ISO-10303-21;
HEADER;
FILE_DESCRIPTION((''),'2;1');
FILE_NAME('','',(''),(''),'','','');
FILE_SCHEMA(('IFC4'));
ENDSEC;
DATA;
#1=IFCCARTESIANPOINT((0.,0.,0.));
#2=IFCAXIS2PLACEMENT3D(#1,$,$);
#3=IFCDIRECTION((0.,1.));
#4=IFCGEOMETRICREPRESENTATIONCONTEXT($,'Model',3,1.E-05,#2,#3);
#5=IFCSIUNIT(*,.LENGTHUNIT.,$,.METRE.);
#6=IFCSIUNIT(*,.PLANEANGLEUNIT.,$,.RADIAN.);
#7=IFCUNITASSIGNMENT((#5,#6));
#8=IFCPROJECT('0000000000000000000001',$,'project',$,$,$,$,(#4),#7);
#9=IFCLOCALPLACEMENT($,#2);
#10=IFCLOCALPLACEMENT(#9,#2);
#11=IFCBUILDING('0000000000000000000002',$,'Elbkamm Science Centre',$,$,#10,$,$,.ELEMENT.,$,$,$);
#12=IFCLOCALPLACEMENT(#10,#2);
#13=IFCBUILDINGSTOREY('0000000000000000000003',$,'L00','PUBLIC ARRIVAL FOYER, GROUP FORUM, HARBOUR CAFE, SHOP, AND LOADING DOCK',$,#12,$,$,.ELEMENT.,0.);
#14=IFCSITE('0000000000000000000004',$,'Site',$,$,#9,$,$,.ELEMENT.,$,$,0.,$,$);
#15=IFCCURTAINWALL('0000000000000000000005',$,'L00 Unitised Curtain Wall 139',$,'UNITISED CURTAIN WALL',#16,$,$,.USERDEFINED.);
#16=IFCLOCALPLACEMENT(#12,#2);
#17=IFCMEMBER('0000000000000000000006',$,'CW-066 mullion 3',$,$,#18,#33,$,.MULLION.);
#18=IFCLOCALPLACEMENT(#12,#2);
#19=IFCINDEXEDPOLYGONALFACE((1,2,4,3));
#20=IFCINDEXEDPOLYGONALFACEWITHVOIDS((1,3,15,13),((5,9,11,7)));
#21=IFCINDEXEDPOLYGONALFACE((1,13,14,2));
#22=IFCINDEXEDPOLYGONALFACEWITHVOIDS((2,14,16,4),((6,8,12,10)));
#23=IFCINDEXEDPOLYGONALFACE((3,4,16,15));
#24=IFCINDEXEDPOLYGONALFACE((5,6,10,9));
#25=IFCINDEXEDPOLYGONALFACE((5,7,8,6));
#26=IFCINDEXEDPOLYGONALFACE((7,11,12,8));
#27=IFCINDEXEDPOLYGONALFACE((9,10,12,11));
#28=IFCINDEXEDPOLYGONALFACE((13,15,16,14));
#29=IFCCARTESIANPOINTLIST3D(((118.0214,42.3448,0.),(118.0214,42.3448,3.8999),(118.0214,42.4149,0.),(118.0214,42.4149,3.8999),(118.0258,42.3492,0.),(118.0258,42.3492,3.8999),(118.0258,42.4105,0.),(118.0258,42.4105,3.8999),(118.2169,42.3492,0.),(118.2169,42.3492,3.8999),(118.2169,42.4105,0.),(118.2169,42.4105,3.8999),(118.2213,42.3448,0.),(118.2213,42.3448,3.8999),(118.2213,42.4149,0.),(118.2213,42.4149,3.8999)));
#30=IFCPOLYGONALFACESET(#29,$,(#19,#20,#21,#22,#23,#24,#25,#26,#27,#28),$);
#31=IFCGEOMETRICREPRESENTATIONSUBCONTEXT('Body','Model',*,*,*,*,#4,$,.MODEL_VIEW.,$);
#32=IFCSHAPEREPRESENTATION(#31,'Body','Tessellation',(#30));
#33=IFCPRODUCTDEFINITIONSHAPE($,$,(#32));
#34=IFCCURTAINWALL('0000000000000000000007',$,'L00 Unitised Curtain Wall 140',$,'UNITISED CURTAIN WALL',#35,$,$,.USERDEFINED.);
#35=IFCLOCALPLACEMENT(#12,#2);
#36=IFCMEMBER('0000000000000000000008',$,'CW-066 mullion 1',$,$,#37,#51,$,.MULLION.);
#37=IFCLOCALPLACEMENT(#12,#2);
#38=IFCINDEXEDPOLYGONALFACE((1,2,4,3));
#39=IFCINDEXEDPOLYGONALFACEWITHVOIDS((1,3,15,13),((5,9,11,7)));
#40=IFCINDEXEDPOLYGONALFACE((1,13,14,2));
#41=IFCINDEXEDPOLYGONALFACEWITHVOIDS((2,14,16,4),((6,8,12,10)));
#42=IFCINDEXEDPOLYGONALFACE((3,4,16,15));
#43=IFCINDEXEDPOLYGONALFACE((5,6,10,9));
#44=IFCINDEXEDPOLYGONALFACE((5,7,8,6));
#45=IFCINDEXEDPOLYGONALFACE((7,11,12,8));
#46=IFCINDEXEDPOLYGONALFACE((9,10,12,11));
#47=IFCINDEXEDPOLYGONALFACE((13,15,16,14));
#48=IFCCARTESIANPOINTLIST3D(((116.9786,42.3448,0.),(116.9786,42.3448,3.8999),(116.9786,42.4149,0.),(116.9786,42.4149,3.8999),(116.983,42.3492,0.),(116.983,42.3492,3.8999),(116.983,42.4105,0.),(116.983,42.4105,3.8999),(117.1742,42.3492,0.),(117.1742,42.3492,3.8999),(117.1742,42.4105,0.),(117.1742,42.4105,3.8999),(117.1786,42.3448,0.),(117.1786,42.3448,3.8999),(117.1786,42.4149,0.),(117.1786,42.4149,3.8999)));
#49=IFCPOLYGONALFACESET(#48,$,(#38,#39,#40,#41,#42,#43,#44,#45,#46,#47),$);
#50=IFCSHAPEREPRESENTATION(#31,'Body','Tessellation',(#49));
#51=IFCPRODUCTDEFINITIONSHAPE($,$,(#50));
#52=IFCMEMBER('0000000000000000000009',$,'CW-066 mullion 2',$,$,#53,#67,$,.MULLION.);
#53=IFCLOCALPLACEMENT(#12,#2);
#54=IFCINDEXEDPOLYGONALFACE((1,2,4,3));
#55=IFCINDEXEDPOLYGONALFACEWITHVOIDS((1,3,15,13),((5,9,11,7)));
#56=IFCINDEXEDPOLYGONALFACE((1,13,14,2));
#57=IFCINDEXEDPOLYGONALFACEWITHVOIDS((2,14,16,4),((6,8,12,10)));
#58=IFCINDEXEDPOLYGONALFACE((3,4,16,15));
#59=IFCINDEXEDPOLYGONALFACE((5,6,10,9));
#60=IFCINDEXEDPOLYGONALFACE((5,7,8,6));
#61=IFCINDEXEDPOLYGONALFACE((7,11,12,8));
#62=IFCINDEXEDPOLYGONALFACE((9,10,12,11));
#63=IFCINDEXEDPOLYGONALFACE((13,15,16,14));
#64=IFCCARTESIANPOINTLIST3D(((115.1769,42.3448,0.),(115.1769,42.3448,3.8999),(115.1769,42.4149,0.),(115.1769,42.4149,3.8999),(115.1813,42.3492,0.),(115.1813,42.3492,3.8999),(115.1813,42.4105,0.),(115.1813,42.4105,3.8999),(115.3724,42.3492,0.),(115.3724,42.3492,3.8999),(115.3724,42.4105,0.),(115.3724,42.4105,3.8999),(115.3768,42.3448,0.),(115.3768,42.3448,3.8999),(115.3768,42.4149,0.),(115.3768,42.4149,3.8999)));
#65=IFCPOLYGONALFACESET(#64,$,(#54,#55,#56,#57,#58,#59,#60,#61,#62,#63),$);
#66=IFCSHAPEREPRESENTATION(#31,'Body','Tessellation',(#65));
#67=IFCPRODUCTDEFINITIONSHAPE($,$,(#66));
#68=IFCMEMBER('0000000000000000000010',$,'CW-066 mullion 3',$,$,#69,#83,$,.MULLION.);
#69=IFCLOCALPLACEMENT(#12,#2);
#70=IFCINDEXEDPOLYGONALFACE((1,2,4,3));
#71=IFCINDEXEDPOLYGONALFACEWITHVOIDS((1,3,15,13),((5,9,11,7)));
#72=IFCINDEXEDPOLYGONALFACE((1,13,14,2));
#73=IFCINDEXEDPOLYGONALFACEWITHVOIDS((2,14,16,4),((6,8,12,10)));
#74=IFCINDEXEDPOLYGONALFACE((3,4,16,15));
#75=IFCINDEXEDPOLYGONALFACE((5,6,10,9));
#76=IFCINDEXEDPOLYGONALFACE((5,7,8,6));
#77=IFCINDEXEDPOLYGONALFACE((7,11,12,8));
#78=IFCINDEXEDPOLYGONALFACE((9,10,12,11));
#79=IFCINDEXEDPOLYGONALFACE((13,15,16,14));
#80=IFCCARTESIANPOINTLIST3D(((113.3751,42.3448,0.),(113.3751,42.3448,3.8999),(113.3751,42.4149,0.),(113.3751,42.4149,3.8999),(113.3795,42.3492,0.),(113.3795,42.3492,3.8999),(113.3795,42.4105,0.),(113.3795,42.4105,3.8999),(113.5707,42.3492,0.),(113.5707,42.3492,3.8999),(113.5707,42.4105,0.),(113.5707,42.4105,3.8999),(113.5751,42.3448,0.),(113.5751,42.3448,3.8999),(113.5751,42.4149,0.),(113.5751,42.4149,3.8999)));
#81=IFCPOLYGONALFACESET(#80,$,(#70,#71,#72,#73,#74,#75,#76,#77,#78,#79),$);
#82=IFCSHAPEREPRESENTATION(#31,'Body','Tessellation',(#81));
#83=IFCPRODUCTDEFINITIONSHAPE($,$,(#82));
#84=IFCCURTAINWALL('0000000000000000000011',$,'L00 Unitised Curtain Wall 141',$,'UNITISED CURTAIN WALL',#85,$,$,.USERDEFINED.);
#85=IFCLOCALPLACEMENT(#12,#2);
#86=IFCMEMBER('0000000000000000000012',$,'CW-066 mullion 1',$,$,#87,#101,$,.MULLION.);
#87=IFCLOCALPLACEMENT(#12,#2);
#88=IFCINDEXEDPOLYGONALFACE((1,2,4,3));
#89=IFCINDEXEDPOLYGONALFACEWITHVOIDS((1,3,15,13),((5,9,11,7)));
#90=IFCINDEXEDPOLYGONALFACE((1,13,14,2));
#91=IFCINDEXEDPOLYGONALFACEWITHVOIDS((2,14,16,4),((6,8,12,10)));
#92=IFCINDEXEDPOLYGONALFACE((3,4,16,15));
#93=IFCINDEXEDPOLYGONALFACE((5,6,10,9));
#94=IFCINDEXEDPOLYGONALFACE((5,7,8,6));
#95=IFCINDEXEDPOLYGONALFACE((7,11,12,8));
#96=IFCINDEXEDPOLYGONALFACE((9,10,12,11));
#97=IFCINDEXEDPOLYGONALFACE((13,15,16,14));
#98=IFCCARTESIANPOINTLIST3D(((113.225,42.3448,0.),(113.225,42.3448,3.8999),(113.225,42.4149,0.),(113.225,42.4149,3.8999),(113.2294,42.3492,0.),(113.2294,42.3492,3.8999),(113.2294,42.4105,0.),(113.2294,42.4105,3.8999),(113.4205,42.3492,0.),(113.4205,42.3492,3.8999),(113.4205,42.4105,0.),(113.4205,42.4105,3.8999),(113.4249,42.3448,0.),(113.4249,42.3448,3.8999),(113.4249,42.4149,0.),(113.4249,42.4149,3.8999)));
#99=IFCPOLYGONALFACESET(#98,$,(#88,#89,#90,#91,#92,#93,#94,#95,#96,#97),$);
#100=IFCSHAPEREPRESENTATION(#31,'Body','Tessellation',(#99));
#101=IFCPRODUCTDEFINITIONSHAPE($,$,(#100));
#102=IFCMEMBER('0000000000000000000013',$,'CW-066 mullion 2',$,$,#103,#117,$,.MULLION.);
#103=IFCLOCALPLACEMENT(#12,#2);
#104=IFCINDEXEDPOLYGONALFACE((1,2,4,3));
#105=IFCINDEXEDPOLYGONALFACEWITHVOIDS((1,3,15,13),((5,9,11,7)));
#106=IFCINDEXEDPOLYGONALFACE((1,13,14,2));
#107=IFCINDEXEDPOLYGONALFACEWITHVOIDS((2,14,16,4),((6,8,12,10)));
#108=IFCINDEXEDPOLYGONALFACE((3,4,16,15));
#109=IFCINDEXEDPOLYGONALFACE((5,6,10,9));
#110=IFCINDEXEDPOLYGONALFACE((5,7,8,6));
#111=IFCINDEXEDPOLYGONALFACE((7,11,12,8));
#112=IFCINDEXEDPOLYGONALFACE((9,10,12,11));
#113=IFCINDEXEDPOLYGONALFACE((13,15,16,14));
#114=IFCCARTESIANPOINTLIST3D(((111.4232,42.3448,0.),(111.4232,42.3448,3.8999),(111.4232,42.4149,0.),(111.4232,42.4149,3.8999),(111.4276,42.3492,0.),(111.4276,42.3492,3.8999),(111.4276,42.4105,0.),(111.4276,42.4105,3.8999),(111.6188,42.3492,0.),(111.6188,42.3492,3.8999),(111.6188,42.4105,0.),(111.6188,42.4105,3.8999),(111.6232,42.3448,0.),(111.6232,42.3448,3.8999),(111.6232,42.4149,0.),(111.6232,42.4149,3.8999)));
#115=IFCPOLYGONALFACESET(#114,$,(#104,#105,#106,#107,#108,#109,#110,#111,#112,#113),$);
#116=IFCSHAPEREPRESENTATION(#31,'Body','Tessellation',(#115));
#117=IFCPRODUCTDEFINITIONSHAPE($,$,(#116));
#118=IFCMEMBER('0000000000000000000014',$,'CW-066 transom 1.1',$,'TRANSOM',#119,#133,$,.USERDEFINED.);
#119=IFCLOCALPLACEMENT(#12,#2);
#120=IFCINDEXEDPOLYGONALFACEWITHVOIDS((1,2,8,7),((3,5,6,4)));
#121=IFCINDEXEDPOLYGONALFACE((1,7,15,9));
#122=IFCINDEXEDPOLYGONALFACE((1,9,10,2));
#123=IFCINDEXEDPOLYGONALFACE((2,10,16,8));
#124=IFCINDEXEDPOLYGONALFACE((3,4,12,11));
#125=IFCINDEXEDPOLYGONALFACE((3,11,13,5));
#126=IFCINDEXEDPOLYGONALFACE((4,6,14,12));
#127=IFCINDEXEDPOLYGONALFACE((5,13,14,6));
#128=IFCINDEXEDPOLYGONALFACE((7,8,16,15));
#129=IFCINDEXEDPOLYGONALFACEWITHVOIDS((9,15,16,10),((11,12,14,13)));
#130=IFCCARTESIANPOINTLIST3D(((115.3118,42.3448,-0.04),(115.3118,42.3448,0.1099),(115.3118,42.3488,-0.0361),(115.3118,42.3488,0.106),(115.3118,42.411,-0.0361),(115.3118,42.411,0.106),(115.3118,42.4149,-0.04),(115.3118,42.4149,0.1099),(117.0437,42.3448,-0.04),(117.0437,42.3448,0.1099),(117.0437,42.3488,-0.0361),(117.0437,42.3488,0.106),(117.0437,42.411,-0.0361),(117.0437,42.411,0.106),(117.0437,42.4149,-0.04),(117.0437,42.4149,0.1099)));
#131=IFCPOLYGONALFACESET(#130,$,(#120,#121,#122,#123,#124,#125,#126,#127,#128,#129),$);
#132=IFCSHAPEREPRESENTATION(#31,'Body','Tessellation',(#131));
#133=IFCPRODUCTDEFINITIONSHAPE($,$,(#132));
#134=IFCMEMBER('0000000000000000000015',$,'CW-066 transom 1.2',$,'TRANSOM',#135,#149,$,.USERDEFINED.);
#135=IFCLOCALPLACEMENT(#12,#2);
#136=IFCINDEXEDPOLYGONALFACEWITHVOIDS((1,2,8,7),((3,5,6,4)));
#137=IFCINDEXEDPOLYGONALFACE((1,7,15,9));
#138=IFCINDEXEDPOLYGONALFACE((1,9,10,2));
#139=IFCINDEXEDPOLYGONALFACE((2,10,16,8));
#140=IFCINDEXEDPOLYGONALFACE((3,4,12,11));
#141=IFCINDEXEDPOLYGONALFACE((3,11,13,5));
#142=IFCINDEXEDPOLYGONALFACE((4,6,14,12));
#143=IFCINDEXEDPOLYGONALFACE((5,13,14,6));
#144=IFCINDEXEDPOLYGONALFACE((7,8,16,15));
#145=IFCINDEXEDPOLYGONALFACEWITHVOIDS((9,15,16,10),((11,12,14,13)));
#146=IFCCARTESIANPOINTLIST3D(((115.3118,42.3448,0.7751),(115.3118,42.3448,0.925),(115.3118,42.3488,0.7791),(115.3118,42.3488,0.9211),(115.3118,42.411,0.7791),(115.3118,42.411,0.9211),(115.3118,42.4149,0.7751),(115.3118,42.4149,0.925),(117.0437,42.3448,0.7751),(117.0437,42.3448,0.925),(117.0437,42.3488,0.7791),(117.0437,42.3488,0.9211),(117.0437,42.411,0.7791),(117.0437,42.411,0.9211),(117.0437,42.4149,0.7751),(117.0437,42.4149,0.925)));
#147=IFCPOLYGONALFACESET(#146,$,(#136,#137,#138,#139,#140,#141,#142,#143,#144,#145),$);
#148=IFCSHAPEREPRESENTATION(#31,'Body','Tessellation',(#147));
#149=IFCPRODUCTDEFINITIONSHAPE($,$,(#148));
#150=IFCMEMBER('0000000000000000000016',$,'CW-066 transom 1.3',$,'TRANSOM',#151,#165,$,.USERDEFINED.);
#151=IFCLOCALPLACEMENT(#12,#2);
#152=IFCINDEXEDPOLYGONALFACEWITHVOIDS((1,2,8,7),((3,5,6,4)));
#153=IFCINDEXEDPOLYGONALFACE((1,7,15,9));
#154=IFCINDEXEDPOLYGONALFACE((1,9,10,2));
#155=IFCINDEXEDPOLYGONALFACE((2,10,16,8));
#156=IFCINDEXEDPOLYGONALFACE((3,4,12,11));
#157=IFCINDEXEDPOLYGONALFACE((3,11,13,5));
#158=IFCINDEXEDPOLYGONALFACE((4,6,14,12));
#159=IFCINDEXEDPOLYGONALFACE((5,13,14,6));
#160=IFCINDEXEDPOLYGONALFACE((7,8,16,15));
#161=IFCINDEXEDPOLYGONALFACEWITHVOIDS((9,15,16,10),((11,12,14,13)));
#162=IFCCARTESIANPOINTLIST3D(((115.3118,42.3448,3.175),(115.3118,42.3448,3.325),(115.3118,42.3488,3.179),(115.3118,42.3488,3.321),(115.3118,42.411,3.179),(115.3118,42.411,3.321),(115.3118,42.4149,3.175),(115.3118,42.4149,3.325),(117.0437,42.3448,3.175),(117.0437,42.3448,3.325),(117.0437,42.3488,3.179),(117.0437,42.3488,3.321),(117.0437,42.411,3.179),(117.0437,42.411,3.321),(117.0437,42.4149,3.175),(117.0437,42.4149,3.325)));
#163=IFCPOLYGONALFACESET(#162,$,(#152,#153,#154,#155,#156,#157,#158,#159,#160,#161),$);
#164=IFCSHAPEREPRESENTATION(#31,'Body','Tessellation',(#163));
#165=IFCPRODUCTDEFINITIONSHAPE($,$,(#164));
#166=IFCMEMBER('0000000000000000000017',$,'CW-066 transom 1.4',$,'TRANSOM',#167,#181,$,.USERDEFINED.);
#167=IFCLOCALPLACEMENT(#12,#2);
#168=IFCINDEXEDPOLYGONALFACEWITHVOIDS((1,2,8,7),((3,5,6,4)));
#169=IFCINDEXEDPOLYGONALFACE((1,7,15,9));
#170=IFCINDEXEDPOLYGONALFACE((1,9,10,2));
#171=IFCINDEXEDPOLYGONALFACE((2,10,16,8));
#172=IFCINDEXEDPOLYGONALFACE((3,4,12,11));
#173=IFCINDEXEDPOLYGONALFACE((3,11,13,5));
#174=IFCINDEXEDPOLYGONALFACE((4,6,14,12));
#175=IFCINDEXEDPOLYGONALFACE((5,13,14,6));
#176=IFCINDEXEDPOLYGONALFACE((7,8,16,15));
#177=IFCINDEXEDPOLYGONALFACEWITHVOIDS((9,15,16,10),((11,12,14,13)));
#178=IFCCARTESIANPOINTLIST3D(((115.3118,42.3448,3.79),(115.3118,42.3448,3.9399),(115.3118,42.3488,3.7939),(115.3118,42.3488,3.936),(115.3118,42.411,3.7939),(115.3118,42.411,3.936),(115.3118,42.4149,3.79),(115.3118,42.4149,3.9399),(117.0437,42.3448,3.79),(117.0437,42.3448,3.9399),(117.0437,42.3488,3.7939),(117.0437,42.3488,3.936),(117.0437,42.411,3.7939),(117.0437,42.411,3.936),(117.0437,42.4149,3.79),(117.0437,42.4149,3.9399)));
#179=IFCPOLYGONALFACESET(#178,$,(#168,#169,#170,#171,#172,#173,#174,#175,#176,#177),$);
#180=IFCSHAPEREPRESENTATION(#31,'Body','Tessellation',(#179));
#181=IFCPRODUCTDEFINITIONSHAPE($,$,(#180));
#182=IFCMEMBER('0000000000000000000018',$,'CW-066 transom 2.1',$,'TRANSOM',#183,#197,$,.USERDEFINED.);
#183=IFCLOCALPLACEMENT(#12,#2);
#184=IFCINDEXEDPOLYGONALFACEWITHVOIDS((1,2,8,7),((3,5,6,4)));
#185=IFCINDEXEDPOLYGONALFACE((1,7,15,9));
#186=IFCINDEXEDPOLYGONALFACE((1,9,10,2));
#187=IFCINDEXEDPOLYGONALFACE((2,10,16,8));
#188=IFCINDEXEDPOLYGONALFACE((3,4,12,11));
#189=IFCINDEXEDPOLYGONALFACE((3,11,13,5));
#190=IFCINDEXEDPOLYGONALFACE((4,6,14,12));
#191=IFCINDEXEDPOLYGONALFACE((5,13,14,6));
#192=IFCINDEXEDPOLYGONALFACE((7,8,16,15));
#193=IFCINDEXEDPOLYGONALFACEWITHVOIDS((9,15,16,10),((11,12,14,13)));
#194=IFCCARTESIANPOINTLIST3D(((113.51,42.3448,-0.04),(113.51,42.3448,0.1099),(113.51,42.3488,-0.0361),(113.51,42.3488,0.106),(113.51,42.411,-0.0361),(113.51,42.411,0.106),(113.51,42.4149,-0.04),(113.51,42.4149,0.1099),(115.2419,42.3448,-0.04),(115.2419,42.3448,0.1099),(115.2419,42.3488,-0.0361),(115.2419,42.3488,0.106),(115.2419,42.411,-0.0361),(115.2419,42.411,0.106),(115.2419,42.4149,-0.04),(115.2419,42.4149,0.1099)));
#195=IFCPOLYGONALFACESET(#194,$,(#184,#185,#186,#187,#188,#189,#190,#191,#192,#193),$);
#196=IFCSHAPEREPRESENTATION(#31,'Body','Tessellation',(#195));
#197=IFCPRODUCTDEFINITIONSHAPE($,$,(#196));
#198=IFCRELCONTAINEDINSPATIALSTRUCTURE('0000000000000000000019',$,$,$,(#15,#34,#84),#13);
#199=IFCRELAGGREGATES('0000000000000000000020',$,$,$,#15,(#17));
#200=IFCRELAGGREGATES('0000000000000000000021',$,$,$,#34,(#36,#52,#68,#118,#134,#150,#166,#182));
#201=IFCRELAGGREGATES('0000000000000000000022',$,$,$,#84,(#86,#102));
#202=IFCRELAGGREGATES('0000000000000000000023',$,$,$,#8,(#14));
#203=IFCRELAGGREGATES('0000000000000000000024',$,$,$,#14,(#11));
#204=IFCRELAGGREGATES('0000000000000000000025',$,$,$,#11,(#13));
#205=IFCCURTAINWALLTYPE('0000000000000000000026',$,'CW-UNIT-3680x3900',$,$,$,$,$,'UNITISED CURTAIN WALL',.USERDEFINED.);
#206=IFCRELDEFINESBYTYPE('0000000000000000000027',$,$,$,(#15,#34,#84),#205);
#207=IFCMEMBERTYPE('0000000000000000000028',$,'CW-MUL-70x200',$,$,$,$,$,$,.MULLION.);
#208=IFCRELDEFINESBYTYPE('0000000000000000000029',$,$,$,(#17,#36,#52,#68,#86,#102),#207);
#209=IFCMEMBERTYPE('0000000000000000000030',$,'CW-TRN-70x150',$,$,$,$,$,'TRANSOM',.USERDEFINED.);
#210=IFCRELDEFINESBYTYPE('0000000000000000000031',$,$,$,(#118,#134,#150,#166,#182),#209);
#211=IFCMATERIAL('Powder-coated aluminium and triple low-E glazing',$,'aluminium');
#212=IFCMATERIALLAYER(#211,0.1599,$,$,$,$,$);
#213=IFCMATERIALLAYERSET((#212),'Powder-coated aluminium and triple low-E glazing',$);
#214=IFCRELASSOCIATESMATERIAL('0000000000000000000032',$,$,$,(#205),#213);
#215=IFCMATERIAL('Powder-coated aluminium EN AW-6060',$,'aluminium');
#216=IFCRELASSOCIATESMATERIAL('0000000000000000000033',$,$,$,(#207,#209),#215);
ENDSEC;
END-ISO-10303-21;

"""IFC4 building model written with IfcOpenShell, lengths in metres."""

from ifc_helpers import new_model, si_unit, direction, frame, origin, origin_2d, place, context, subcontext, project, spatial, hollow_rectangle, extrude, material, layer, layer_set, material_profile, profile_set, type_object, element, aggregate, save


model = new_model("IFC4")

# Units and contexts
model_context = context("Model", 3, precision=1e-05, world=origin(), true_north=direction((0.0, 1.0)))
body_context = subcontext(model_context, "Body", "Model", "MODEL_VIEW")
ifc_project = project(units=[si_unit("LENGTHUNIT", "METRE"), si_unit("PLANEANGLEUNIT", "RADIAN")], contexts=[model_context])

# Site, building, storey
site_placement = place(None, origin())
site = spatial("IfcSite", under=ifc_project, at=site_placement, Name="Site", CompositionType="ELEMENT", RefElevation=0.0)
building_placement = place(site_placement, origin())
building = spatial("IfcBuilding", under=site, at=building_placement, Name="Elbkamm Science Centre", CompositionType="ELEMENT")
storey_placement = place(building_placement, origin())
storey = spatial("IfcBuildingStorey", under=building, at=storey_placement, Name="L00", Description="PUBLIC ARRIVAL FOYER, GROUP FORUM, HARBOUR CAFE, SHOP, AND LOADING DOCK", CompositionType="ELEMENT", Elevation=0.0)

# Curtain wall, member
ifc_material_1 = material(Name="Powder-coated aluminium and triple low-E glazing", Category="aluminium")
ifc_layer_1 = layer(ifc_material_1, 0.1599)
ifc_layer_set_1 = layer_set([ifc_layer_1], Name="Powder-coated aluminium and triple low-E glazing")
curtain_wall_type = type_object("IfcCurtainWallType", Name="CW-UNIT-3680x3900", ElementType="UNITISED CURTAIN WALL", PredefinedType="USERDEFINED", material=ifc_layer_set_1)
curtain_wall_1_placement = place(storey_placement, origin())
curtain_wall_1 = element("IfcCurtainWall", 1, at=curtain_wall_1_placement, inside=storey, type_object=curtain_wall_type, Name="L00 Unitised Curtain Wall 139", ObjectType="UNITISED CURTAIN WALL", PredefinedType="USERDEFINED")
ifc_material_2 = material(Name="Powder-coated aluminium EN AW-6060", Category="aluminium")
ifc_material_profile_1 = material_profile(ifc_material_2, hollow_rectangle(XDim=0.0701, YDim=0.2, WallThickness=0.0044, at=origin_2d()), Name="ALU M70x200")
ifc_profile_set_1 = profile_set([ifc_material_profile_1], Name="Powder-coated aluminium EN AW-6060")
member_type_1 = type_object("IfcMemberType", Name="CW-MUL-70x200", PredefinedType="MULLION", material=ifc_profile_set_1)
member_1_placement = place(storey_placement, frame((118.1213, 42.3799, 0.0), z_axis=(0.0, 0.0, 1.0), x_axis=(0.0, -1.0, 0.0)))
member_1 = element("IfcMember", 2, at=member_1_placement, type_object=member_type_1, Name="CW-066 mullion 3", PredefinedType="MULLION", context=body_context, shape_type="SweptSolid", body=[
    extrude(hollow_rectangle(XDim=0.0701, YDim=0.2, WallThickness=0.0044, at=origin_2d()), origin(), (0.0, 0.0, 1.0), 3.8999),
])
aggregate(curtain_wall_1, [member_1])

# Curtain walls, members
curtain_wall_2_placement = place(storey_placement, origin())
curtain_wall_2 = element("IfcCurtainWall", 3, at=curtain_wall_2_placement, inside=storey, type_object=curtain_wall_type, Name="L00 Unitised Curtain Wall 140", ObjectType="UNITISED CURTAIN WALL", PredefinedType="USERDEFINED")
member_2_placement = place(storey_placement, frame((117.0786, 42.3799, 0.0), z_axis=(0.0, 0.0, 1.0), x_axis=(0.0, -1.0, 0.0)))
member_2 = element("IfcMember", 4, at=member_2_placement, type_object=member_type_1, Name="CW-066 mullion 1", PredefinedType="MULLION", context=body_context, shape_type="SweptSolid", body=[
    extrude(hollow_rectangle(XDim=0.0701, YDim=0.2, WallThickness=0.0044, at=origin_2d()), origin(), (0.0, 0.0, 1.0), 3.8999),
])
member_3_placement = place(storey_placement, frame((115.2769, 42.3799, 0.0), z_axis=(0.0, 0.0, 1.0), x_axis=(0.0, -1.0, 0.0)))
member_3 = element("IfcMember", 5, at=member_3_placement, type_object=member_type_1, Name="CW-066 mullion 2", PredefinedType="MULLION", context=body_context, shape_type="SweptSolid", body=[
    extrude(hollow_rectangle(XDim=0.0701, YDim=0.2, WallThickness=0.0044, at=origin_2d()), origin(), (0.0, 0.0, 1.0), 3.8999),
])
member_4_placement = place(storey_placement, frame((113.4751, 42.3799, 0.0), z_axis=(0.0, 0.0, 1.0), x_axis=(0.0, -1.0, 0.0)))
member_4 = element("IfcMember", 6, at=member_4_placement, type_object=member_type_1, Name="CW-066 mullion 3", PredefinedType="MULLION", context=body_context, shape_type="SweptSolid", body=[
    extrude(hollow_rectangle(XDim=0.0701, YDim=0.2, WallThickness=0.0044, at=origin_2d()), origin(), (0.0, 0.0, 1.0), 3.8999),
])
curtain_wall_3_placement = place(storey_placement, origin())
curtain_wall_3 = element("IfcCurtainWall", 7, at=curtain_wall_3_placement, inside=storey, type_object=curtain_wall_type, Name="L00 Unitised Curtain Wall 141", ObjectType="UNITISED CURTAIN WALL", PredefinedType="USERDEFINED")
member_5_placement = place(storey_placement, frame((113.325, 42.3799, 0.0), z_axis=(0.0, 0.0, 1.0), x_axis=(0.0, -1.0, 0.0)))
member_5 = element("IfcMember", 8, at=member_5_placement, type_object=member_type_1, Name="CW-066 mullion 1", PredefinedType="MULLION", context=body_context, shape_type="SweptSolid", body=[
    extrude(hollow_rectangle(XDim=0.0701, YDim=0.2, WallThickness=0.0044, at=origin_2d()), origin(), (0.0, 0.0, 1.0), 3.8999),
])
member_6_placement = place(storey_placement, frame((111.5232, 42.3799, 0.0), z_axis=(0.0, 0.0, 1.0), x_axis=(0.0, -1.0, 0.0)))
member_6 = element("IfcMember", 9, at=member_6_placement, type_object=member_type_1, Name="CW-066 mullion 2", PredefinedType="MULLION", context=body_context, shape_type="SweptSolid", body=[
    extrude(hollow_rectangle(XDim=0.0701, YDim=0.2, WallThickness=0.0044, at=origin_2d()), origin(), (0.0, 0.0, 1.0), 3.8999),
])

# Members
ifc_material_profile_2 = material_profile(ifc_material_2, hollow_rectangle(XDim=0.0701, YDim=0.1499, WallThickness=0.0039, at=origin_2d()), Name="ALU T70x150")
ifc_profile_set_2 = profile_set([ifc_material_profile_2], Name="Powder-coated aluminium EN AW-6060")
member_type_2 = type_object("IfcMemberType", Name="CW-TRN-70x150", ElementType="TRANSOM", PredefinedType="USERDEFINED", material=ifc_profile_set_2)
member_7_placement = place(storey_placement, frame((117.0437, 42.3799, 0.0349), z_axis=(-1.0, 0.0, 0.0), x_axis=(0.0, -1.0, 0.0)))
member_7 = element("IfcMember", 10, at=member_7_placement, type_object=member_type_2, Name="CW-066 transom 1.1", ObjectType="TRANSOM", PredefinedType="USERDEFINED", context=body_context, shape_type="SweptSolid", body=[
    extrude(hollow_rectangle(XDim=0.0701, YDim=0.1499, WallThickness=0.0039, at=origin_2d()), origin(), (0.0, 0.0, 1.0), 1.7319),
])
member_8_placement = place(storey_placement, frame((117.0437, 42.3799, 0.8501), z_axis=(-1.0, 0.0, 0.0), x_axis=(0.0, -1.0, 0.0)))
member_8 = element("IfcMember", 11, at=member_8_placement, type_object=member_type_2, Name="CW-066 transom 1.2", ObjectType="TRANSOM", PredefinedType="USERDEFINED", context=body_context, shape_type="SweptSolid", body=[
    extrude(hollow_rectangle(XDim=0.0701, YDim=0.1499, WallThickness=0.0039, at=origin_2d()), origin(), (0.0, 0.0, 1.0), 1.7319),
])
member_9_placement = place(storey_placement, frame((117.0437, 42.3799, 3.25), z_axis=(-1.0, 0.0, 0.0), x_axis=(0.0, -1.0, 0.0)))
member_9 = element("IfcMember", 12, at=member_9_placement, type_object=member_type_2, Name="CW-066 transom 1.3", ObjectType="TRANSOM", PredefinedType="USERDEFINED", context=body_context, shape_type="SweptSolid", body=[
    extrude(hollow_rectangle(XDim=0.0701, YDim=0.1499, WallThickness=0.0039, at=origin_2d()), origin(), (0.0, 0.0, 1.0), 1.7319),
])
member_10_placement = place(storey_placement, frame((117.0437, 42.3799, 3.865), z_axis=(-1.0, 0.0, 0.0), x_axis=(0.0, -1.0, 0.0)))
member_10 = element("IfcMember", 13, at=member_10_placement, type_object=member_type_2, Name="CW-066 transom 1.4", ObjectType="TRANSOM", PredefinedType="USERDEFINED", context=body_context, shape_type="SweptSolid", body=[
    extrude(hollow_rectangle(XDim=0.0701, YDim=0.1499, WallThickness=0.0039, at=origin_2d()), origin(), (0.0, 0.0, 1.0), 1.7319),
])
member_11_placement = place(storey_placement, frame((115.2419, 42.3799, 0.0349), z_axis=(-1.0, 0.0, 0.0), x_axis=(0.0, -1.0, 0.0)))
member_11 = element("IfcMember", 14, at=member_11_placement, type_object=member_type_2, Name="CW-066 transom 2.1", ObjectType="TRANSOM", PredefinedType="USERDEFINED", context=body_context, shape_type="SweptSolid", body=[
    extrude(hollow_rectangle(XDim=0.0701, YDim=0.1499, WallThickness=0.0039, at=origin_2d()), origin(), (0.0, 0.0, 1.0), 1.7319),
])

aggregate(curtain_wall_2, [member_2, member_3, member_4, member_7, member_8, member_9, member_10, member_11])
aggregate(curtain_wall_3, [member_5, member_6])

save(model, "model.ifc")
